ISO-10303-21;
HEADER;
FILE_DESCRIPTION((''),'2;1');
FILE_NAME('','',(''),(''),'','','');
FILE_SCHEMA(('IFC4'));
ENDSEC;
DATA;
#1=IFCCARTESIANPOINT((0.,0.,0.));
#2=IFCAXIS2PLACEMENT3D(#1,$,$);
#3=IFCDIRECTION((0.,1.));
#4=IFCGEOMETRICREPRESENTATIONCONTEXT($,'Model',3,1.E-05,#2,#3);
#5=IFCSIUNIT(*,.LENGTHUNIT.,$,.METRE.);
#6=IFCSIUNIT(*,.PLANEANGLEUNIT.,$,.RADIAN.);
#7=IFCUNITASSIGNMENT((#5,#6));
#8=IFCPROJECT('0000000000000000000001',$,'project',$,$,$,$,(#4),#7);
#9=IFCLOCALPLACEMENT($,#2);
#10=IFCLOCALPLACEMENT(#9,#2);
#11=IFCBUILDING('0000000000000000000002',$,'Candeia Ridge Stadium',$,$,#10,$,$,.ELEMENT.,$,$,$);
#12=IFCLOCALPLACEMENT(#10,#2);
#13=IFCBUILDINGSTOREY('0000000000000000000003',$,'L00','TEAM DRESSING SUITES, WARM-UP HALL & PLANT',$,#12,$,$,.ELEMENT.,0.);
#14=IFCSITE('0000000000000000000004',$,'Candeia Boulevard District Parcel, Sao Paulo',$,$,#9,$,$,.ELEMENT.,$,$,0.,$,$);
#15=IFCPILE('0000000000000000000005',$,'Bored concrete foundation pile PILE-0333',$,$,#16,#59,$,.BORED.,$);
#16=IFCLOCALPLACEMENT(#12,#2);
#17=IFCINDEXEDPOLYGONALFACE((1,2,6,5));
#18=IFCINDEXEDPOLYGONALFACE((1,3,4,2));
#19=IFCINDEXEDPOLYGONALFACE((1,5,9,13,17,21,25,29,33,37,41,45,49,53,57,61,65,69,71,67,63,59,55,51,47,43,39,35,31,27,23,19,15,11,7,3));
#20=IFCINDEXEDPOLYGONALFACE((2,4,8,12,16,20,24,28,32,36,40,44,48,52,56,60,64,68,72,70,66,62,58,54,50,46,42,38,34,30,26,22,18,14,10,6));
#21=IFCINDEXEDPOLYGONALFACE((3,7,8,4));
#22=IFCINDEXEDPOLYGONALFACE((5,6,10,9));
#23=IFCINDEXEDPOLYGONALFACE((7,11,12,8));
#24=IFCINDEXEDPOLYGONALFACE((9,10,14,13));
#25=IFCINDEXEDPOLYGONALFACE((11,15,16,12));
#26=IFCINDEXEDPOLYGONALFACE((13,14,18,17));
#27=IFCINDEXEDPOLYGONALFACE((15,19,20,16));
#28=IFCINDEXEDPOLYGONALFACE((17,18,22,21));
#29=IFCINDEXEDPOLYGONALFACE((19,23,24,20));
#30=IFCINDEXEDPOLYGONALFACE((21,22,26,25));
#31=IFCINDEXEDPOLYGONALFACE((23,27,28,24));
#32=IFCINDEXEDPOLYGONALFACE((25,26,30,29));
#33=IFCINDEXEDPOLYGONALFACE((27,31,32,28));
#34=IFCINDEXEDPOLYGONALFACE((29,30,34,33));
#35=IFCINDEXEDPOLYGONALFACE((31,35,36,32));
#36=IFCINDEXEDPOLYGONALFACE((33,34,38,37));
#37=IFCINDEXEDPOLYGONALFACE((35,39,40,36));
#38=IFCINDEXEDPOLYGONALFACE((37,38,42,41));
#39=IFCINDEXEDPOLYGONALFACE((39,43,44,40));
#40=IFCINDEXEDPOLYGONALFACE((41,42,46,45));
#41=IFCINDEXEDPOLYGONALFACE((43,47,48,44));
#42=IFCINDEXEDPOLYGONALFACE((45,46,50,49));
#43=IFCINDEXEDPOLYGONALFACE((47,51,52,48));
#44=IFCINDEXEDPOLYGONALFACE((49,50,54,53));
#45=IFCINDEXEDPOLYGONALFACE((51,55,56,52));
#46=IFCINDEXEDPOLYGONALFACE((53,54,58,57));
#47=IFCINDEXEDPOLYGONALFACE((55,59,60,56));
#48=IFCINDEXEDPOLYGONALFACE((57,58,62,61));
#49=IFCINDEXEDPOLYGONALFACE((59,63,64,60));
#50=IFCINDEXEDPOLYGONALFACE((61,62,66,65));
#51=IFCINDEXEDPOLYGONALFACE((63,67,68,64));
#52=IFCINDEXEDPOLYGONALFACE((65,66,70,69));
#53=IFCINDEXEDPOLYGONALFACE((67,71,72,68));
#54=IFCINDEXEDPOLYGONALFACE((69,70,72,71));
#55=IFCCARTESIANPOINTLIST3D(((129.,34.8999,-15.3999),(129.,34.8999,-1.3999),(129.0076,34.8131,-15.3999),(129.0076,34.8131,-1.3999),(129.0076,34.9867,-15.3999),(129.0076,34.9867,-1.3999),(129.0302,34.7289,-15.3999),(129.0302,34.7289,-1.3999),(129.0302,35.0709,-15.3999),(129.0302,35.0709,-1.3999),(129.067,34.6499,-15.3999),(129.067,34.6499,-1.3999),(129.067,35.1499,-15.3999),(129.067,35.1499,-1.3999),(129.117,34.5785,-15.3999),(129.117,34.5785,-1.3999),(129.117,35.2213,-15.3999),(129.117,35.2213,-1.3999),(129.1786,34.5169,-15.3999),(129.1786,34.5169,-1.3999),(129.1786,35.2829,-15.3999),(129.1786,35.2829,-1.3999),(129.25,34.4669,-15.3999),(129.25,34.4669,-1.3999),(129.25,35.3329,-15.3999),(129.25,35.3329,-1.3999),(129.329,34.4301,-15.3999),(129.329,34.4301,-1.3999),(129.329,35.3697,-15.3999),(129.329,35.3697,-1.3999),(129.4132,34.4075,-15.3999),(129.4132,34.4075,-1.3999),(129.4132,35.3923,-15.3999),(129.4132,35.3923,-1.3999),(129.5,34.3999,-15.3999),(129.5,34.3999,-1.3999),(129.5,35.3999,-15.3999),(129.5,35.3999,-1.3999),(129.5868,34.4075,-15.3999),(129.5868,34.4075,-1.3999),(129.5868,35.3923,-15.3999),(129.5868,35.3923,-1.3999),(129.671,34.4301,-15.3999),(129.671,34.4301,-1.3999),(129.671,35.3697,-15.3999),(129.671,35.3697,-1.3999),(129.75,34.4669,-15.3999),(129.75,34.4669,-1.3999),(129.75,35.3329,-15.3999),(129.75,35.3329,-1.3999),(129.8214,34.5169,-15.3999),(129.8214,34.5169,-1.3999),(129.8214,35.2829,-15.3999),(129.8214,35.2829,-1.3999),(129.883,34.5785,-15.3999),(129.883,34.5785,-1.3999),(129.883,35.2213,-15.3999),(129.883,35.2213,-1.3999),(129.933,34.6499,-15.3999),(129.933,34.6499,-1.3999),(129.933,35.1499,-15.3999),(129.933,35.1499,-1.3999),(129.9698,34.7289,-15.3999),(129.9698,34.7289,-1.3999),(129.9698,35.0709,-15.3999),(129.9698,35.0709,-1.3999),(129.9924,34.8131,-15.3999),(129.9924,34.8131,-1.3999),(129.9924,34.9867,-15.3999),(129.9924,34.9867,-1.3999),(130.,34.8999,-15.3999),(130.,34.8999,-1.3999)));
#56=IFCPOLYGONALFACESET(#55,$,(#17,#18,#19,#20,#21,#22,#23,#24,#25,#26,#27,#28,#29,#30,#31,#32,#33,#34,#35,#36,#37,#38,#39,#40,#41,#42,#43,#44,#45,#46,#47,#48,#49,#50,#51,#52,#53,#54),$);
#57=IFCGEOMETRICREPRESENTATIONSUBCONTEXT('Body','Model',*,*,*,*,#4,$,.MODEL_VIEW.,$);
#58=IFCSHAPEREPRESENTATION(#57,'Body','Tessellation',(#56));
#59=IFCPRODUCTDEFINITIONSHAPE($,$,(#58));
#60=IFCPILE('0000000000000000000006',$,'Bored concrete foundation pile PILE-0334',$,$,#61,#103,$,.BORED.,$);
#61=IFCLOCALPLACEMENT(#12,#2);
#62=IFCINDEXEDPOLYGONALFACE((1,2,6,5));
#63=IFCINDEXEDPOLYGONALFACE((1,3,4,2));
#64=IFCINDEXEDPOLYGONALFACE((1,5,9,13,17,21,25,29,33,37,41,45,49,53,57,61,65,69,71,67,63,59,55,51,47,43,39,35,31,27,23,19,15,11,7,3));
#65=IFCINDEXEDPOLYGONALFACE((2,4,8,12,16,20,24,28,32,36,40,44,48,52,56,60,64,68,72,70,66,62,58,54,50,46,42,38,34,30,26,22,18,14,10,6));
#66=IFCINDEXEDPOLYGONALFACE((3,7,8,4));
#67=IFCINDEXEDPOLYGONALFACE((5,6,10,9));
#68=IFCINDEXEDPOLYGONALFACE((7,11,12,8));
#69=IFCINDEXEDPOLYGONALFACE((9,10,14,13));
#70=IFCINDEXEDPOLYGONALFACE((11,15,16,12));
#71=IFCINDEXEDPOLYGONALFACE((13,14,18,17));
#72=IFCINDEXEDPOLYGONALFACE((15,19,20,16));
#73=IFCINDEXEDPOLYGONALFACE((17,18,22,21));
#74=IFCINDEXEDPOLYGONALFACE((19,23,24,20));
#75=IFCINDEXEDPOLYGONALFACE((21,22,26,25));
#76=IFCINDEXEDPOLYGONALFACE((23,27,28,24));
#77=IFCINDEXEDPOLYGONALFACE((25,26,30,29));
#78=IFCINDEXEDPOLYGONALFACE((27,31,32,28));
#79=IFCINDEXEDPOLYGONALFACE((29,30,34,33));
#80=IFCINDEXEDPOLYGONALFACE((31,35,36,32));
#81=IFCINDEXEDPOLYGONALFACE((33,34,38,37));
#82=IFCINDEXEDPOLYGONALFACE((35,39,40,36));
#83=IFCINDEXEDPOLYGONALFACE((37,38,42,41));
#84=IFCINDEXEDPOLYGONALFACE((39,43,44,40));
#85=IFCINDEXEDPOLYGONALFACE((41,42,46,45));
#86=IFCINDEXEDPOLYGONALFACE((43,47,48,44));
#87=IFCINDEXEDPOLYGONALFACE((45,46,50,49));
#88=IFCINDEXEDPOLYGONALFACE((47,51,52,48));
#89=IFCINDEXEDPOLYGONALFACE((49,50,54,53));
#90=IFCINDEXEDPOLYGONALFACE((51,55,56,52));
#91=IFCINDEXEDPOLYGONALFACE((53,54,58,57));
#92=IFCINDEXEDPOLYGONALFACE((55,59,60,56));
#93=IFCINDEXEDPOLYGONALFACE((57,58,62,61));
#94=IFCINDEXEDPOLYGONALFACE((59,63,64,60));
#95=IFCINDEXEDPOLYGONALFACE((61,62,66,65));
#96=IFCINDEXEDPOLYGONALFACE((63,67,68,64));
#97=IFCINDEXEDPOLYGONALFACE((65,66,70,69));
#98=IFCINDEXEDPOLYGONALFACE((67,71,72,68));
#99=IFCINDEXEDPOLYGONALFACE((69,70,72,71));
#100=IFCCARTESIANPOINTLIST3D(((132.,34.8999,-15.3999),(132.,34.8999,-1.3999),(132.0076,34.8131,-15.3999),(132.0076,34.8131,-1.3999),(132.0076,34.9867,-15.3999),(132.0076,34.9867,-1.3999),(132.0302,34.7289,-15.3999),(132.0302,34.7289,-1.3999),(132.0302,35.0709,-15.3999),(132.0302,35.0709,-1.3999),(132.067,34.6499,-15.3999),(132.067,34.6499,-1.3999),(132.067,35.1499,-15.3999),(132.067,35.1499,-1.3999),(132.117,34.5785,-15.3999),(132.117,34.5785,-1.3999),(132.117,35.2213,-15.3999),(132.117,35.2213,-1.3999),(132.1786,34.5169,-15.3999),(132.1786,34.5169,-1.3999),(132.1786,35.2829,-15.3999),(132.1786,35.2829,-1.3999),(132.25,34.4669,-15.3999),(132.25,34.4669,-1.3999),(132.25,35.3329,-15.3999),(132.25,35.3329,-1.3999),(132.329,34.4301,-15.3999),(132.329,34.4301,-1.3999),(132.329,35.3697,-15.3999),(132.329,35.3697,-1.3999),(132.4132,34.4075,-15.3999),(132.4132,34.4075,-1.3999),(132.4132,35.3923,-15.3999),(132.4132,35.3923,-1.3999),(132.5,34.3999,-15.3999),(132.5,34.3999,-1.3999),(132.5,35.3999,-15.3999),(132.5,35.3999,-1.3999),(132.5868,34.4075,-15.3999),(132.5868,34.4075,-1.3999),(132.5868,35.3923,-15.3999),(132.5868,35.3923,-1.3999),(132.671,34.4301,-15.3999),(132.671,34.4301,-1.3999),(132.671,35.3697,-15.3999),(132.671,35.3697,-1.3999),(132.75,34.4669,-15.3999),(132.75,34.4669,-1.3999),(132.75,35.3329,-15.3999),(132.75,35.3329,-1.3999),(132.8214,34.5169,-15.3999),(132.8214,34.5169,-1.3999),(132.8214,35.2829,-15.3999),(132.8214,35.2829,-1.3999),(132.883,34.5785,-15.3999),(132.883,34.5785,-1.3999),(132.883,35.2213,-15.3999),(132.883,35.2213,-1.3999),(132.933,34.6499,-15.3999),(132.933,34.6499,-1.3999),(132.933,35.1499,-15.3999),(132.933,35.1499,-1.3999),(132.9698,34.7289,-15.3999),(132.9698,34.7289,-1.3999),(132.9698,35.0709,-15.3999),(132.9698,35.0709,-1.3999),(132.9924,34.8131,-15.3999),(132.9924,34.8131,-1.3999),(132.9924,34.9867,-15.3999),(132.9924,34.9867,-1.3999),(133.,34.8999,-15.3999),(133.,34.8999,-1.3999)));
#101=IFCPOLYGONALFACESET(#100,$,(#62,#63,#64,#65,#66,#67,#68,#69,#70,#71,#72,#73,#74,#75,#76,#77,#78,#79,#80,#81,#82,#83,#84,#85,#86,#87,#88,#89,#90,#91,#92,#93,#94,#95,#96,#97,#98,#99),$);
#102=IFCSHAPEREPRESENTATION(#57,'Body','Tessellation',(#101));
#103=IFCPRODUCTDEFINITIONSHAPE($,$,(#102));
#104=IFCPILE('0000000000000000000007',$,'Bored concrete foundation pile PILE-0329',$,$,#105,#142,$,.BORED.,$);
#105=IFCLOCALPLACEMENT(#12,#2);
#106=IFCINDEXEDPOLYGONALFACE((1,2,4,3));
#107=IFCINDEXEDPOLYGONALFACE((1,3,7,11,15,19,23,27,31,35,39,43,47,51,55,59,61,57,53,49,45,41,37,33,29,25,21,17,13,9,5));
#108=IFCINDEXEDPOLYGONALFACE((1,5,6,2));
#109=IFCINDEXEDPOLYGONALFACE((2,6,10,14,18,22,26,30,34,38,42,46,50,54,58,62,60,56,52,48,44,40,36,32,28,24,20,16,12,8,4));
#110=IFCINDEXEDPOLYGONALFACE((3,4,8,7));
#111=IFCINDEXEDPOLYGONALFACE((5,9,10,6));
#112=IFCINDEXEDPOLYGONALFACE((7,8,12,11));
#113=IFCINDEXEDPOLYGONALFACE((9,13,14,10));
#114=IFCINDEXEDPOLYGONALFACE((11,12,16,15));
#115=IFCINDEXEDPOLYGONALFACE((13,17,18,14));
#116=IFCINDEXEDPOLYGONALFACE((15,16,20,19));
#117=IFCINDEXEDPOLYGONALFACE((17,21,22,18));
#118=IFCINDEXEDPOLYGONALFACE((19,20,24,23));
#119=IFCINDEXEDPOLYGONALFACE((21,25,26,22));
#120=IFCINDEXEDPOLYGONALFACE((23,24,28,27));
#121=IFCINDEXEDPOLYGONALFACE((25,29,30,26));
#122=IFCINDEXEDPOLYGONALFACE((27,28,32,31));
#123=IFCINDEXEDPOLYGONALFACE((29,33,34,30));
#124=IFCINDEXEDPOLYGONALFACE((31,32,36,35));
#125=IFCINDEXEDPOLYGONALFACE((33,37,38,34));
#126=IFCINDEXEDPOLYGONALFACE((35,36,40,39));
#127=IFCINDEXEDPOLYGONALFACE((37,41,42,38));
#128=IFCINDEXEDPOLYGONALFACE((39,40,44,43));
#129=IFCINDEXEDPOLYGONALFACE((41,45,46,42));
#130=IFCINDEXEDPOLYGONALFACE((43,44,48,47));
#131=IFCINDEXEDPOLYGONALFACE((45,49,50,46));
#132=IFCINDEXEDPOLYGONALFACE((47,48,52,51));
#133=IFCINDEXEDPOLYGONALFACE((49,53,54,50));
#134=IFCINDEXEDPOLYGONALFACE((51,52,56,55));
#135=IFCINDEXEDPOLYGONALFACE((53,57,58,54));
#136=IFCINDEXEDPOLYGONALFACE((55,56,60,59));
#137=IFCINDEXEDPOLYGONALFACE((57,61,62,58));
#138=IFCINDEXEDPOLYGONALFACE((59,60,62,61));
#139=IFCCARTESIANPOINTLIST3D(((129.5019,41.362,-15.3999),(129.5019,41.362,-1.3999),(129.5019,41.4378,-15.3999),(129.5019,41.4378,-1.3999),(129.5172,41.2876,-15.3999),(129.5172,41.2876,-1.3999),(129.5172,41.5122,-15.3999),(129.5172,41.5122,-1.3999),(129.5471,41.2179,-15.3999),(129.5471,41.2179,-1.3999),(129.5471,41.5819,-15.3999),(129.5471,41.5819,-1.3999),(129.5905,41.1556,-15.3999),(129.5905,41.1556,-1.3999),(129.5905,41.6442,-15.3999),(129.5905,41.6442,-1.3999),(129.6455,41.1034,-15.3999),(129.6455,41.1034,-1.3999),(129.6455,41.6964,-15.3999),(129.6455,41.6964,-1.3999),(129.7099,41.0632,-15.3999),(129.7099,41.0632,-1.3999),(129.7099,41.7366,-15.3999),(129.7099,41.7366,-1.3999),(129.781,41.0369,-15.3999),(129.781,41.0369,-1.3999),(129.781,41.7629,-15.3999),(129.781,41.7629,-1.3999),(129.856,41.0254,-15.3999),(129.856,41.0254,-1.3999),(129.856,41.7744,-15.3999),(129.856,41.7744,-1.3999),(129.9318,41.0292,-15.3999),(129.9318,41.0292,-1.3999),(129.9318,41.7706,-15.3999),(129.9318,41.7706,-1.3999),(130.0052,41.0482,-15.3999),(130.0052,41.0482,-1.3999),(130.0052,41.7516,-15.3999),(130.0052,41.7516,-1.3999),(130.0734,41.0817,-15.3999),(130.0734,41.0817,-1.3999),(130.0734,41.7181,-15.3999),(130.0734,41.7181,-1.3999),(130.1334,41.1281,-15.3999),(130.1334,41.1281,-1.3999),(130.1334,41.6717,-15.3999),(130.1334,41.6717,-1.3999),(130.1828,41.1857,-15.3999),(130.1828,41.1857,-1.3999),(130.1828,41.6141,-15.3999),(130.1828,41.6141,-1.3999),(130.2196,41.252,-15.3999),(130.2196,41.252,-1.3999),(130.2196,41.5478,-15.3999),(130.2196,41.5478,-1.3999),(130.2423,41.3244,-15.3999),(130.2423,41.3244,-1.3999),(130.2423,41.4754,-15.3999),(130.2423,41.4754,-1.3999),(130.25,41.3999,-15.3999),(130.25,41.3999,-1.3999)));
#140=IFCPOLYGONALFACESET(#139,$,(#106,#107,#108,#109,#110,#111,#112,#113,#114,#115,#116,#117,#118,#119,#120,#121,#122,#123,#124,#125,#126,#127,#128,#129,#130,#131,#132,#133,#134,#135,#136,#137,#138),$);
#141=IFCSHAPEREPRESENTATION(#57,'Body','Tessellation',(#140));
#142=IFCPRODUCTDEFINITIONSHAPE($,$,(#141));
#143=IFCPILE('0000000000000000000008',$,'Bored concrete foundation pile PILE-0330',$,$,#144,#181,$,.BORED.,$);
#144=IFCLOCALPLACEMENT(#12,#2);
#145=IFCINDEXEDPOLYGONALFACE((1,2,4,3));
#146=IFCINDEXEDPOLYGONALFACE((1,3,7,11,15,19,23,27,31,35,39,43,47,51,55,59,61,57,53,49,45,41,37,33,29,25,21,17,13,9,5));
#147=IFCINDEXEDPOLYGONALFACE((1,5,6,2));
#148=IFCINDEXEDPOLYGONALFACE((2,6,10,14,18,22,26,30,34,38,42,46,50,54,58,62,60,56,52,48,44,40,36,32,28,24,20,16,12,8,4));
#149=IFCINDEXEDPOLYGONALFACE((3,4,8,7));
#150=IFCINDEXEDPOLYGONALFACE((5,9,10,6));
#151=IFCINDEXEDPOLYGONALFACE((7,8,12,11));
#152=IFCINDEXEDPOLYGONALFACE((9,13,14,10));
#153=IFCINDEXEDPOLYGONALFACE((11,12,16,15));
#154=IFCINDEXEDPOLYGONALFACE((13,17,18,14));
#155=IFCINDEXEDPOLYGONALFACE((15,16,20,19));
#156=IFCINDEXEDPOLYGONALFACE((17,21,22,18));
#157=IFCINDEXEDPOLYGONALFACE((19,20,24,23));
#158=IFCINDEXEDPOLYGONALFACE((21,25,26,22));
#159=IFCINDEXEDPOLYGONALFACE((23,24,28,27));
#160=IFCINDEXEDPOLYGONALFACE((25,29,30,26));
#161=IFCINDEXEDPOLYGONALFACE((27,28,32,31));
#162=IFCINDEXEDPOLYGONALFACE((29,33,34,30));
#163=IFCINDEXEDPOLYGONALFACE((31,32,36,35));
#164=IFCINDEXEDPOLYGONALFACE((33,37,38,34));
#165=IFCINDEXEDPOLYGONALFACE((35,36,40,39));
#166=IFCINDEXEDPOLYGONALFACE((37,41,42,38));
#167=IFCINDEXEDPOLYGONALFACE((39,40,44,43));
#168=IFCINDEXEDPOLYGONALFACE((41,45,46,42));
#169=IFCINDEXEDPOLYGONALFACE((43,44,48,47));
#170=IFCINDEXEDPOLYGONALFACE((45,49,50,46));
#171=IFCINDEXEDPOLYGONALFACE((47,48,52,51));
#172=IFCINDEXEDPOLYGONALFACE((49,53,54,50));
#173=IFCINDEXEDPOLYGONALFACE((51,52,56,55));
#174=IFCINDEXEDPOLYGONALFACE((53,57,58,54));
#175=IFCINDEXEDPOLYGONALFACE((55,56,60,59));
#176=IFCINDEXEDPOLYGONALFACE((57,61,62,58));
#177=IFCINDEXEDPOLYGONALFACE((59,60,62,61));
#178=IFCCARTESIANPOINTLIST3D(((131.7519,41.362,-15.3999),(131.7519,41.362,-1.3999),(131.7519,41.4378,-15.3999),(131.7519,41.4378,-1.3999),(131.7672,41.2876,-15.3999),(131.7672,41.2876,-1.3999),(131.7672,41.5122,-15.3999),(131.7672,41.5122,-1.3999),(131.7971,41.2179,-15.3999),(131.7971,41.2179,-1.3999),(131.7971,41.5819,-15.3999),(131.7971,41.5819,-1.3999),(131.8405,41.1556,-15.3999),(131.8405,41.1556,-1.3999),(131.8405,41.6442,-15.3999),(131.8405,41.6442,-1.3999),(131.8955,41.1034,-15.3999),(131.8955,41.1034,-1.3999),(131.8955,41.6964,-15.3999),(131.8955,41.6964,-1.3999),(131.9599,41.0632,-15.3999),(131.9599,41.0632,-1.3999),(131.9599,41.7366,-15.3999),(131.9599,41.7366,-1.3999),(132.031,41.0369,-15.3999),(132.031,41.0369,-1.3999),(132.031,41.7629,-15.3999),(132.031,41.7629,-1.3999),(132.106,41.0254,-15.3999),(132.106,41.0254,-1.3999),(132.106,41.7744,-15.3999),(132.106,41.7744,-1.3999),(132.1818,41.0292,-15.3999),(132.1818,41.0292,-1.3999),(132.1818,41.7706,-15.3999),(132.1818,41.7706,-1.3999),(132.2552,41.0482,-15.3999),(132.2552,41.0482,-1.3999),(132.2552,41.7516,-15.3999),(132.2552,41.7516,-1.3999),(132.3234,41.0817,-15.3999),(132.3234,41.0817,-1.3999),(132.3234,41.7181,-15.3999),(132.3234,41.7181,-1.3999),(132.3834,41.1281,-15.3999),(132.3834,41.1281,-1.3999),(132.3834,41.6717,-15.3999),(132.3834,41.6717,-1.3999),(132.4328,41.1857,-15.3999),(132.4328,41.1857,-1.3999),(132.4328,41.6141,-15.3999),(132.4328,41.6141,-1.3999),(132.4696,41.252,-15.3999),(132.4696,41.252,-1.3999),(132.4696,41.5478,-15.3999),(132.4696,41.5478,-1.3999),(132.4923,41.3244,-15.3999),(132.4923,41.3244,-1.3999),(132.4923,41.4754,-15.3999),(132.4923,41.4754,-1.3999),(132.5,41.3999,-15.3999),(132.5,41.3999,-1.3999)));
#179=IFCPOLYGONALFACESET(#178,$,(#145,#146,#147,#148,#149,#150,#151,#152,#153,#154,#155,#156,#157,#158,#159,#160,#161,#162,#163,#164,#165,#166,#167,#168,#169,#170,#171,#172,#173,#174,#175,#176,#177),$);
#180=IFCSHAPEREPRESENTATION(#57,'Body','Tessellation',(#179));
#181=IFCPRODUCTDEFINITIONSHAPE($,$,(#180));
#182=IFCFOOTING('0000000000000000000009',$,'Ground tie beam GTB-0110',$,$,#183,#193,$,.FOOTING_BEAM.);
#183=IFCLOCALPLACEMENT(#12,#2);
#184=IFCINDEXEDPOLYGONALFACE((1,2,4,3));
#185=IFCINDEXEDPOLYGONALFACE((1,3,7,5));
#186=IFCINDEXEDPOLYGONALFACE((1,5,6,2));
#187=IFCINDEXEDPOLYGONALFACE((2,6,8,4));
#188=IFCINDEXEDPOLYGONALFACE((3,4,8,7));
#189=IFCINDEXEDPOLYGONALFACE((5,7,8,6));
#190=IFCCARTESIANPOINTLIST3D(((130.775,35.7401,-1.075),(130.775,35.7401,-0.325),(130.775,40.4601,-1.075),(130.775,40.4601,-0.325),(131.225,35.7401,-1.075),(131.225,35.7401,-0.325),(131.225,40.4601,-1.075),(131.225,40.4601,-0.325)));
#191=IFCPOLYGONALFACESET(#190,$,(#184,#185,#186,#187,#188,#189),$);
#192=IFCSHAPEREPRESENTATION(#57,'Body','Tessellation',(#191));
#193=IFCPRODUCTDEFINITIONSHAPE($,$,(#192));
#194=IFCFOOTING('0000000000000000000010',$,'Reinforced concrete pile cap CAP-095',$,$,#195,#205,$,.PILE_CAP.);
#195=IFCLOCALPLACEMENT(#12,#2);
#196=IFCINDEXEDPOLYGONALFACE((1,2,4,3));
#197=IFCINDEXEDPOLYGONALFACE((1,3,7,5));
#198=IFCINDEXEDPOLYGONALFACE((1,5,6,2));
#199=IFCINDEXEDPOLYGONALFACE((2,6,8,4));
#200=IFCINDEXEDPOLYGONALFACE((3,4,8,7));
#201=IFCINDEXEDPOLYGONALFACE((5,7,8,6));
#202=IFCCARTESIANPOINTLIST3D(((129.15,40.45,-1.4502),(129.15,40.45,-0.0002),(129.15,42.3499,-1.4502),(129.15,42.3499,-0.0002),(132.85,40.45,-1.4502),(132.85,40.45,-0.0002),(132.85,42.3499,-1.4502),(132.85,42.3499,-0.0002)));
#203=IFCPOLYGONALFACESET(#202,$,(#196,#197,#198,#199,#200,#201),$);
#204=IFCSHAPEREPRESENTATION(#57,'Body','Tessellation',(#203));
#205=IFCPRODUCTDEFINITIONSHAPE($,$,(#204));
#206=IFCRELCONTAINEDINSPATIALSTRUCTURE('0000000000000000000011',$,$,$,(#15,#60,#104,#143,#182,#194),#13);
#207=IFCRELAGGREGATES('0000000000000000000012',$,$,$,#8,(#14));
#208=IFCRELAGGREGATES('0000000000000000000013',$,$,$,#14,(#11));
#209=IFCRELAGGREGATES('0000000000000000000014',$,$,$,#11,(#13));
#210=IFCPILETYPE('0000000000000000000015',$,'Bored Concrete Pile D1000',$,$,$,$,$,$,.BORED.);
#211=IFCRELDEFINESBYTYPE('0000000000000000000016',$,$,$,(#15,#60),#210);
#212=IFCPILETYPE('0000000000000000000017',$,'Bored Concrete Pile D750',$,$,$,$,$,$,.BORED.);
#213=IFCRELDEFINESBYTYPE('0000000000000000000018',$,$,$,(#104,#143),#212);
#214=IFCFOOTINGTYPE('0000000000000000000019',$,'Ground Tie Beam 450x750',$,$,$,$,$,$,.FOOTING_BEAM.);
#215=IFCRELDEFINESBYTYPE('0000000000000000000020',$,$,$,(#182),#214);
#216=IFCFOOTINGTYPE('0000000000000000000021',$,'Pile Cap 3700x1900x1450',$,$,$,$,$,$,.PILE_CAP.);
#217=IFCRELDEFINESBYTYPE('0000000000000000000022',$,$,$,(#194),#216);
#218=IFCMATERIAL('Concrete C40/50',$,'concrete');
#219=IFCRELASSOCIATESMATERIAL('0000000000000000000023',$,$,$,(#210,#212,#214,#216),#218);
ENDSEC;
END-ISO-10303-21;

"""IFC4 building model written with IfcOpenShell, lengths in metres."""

from ifc_helpers import new_model, si_unit, direction, frame, origin, origin_2d, place, context, subcontext, project, spatial, rectangle, circle, extrude, material, material_profile, profile_set, type_object, element, save


model = new_model("IFC4")

# Units and contexts
model_context = context("Model", 3, precision=1e-05, world=origin(), true_north=direction((0.0, 1.0)))
body_context = subcontext(model_context, "Body", "Model", "MODEL_VIEW")
ifc_project = project(units=[si_unit("LENGTHUNIT", "METRE"), si_unit("PLANEANGLEUNIT", "RADIAN")], contexts=[model_context])

# Site, building, storey
site_placement = place(None, origin())
site = spatial("IfcSite", under=ifc_project, at=site_placement, Name="Candeia Boulevard District Parcel, Sao Paulo", CompositionType="ELEMENT", RefElevation=0.0)
building_placement = place(site_placement, origin())
building = spatial("IfcBuilding", under=site, at=building_placement, Name="Candeia Ridge Stadium", CompositionType="ELEMENT")
storey_placement = place(building_placement, origin())
storey = spatial("IfcBuildingStorey", under=building, at=storey_placement, Name="L00", Description="TEAM DRESSING SUITES, WARM-UP HALL & PLANT", CompositionType="ELEMENT", Elevation=0.0)

# Piles
ifc_material_1 = material(Name="Concrete C40/50", Category="concrete")
ifc_material_profile_1 = material_profile(ifc_material_1, circle(Radius=0.5, at=origin_2d()), Name="PILE-D1000", Category="concrete")
ifc_profile_set_1 = profile_set([ifc_material_profile_1], Name="Concrete C40/50")
pile_type_1 = type_object("IfcPileType", Name="Bored Concrete Pile D1000", PredefinedType="BORED", material=ifc_profile_set_1)
for number, where, z_axis, x_axis, name in (
    (1, (129.5, 34.8999, -1.3999), (0.0, 0.0, -1.0), (1.0, 0.0, 0.0), "Bored concrete foundation pile PILE-0333"),
    (2, (132.5, 34.8999, -1.3999), (0.0, 0.0, -1.0), (1.0, 0.0, 0.0), "Bored concrete foundation pile PILE-0334"),
):
    element("IfcPile", number, at=place(storey_placement, frame(where, z_axis=z_axis, x_axis=x_axis)), inside=storey, type_object=pile_type_1, Name=name, PredefinedType="BORED", context=body_context, shape_type="SweptSolid", body=[
        extrude(circle(Radius=0.5, at=origin_2d()), origin(), (0.0, 0.0, 1.0), 14.0),
    ])
ifc_material_profile_2 = material_profile(ifc_material_1, circle(Radius=0.375, at=origin_2d()), Name="PILE-D750", Category="concrete")
ifc_profile_set_2 = profile_set([ifc_material_profile_2], Name="Concrete C40/50")
pile_type_2 = type_object("IfcPileType", Name="Bored Concrete Pile D750", PredefinedType="BORED", material=ifc_profile_set_2)
for number, where, z_axis, x_axis, name in (
    (3, (129.875, 41.3999, -1.3999), (0.0, 0.0, -1.0), (1.0, 0.0, 0.0), "Bored concrete foundation pile PILE-0329"),
    (4, (132.125, 41.3999, -1.3999), (0.0, 0.0, -1.0), (1.0, 0.0, 0.0), "Bored concrete foundation pile PILE-0330"),
):
    element("IfcPile", number, at=place(storey_placement, frame(where, z_axis=z_axis, x_axis=x_axis)), inside=storey, type_object=pile_type_2, Name=name, PredefinedType="BORED", context=body_context, shape_type="SweptSolid", body=[
        extrude(circle(Radius=0.375, at=origin_2d()), origin(), (0.0, 0.0, 1.0), 14.0),
    ])

# Footings
footing_type_1 = type_object("IfcFootingType", Name="Ground Tie Beam 450x750", PredefinedType="FOOTING_BEAM", material=ifc_material_1)
footing_1_placement = place(storey_placement, frame((131.0, 38.1001, -1.075), z_axis=(0.0, 0.0, 1.0), x_axis=(0.0, -1.0, 0.0)))
element("IfcFooting", 5, at=footing_1_placement, inside=storey, type_object=footing_type_1, Name="Ground tie beam GTB-0110", PredefinedType="FOOTING_BEAM", context=body_context, shape_type="SweptSolid", body=[
    extrude(rectangle(XDim=4.72, YDim=0.45, at=origin_2d()), origin(), (0.0, 0.0, 1.0), 0.75),
])
footing_type_2 = type_object("IfcFootingType", Name="Pile Cap 3700x1900x1450", PredefinedType="PILE_CAP", material=ifc_material_1)
footing_2_placement = place(storey_placement, frame((131.0, 41.3999, -1.4502), z_axis=(0.0, 0.0, 1.0), x_axis=(1.0, 0.0, 0.0)))
element("IfcFooting", 6, at=footing_2_placement, inside=storey, type_object=footing_type_2, Name="Reinforced concrete pile cap CAP-095", PredefinedType="PILE_CAP", context=body_context, shape_type="SweptSolid", body=[
    extrude(rectangle(XDim=3.7, YDim=1.8999, at=origin_2d()), origin(), (0.0, 0.0, 1.0), 1.45),
])

save(model, "model.ifc")
